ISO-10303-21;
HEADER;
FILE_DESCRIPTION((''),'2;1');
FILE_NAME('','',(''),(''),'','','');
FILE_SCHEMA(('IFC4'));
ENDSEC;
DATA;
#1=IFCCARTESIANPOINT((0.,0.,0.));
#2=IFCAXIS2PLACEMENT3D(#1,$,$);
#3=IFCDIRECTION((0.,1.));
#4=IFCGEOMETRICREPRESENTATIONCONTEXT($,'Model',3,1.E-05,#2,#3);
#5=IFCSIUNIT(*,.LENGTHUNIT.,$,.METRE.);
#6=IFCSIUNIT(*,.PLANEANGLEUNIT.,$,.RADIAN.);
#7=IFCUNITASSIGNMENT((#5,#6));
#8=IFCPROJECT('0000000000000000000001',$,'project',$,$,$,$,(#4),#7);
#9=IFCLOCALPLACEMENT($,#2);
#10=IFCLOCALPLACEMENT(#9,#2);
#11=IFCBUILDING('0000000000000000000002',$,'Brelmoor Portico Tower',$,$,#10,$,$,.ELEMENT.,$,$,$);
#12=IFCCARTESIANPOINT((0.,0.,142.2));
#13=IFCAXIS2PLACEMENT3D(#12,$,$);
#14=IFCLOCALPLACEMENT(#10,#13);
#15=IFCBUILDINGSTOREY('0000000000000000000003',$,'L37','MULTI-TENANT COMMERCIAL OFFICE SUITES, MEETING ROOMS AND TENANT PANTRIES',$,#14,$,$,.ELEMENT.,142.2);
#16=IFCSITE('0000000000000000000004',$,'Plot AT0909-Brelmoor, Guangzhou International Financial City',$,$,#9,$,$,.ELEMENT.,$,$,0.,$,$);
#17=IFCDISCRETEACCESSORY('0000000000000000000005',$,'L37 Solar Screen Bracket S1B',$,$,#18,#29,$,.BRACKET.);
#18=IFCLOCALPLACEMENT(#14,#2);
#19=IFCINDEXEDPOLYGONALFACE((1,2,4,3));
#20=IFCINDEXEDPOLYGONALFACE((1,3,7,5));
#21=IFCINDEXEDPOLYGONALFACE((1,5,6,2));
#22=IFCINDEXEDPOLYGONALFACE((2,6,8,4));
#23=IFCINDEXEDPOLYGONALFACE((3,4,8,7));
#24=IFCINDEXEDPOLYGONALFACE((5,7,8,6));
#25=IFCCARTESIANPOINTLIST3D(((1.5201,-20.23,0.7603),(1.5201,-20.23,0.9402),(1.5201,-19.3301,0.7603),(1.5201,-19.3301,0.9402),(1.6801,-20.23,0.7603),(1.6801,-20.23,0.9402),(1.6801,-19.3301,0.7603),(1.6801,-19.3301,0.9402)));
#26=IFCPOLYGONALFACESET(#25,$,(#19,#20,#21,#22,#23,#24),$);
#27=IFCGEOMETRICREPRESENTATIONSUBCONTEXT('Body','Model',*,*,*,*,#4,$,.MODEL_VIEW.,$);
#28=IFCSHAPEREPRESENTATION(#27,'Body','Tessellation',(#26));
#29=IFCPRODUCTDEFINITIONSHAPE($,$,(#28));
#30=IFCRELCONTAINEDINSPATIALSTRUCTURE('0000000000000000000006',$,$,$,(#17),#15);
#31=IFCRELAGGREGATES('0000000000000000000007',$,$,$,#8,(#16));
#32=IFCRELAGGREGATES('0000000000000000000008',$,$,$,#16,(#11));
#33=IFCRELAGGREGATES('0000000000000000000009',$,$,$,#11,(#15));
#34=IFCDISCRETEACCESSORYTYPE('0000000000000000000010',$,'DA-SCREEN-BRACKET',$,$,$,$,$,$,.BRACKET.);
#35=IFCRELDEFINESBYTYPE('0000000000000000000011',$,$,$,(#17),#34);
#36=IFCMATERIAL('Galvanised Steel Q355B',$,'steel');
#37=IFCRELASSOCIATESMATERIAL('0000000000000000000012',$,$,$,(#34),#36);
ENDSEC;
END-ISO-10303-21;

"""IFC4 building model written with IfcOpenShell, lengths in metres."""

from ifc_helpers import new_model, si_unit, direction, frame, origin, origin_2d, place, context, subcontext, project, spatial, rectangle, extrude, material, type_object, element, save


model = new_model("IFC4")

# Units and contexts
model_context = context("Model", 3, precision=1e-05, world=origin(), true_north=direction((0.0, 1.0)))
body_context = subcontext(model_context, "Body", "Model", "MODEL_VIEW")
ifc_project = project(units=[si_unit("LENGTHUNIT", "METRE"), si_unit("PLANEANGLEUNIT", "RADIAN")], contexts=[model_context])

# Site, building, storey
site_placement = place(None, origin())
site = spatial("IfcSite", under=ifc_project, at=site_placement, Name="Plot AT0909-Brelmoor, Guangzhou International Financial City", CompositionType="ELEMENT", RefElevation=0.0)
building_placement = place(site_placement, origin())
building = spatial("IfcBuilding", under=site, at=building_placement, Name="Brelmoor Portico Tower", CompositionType="ELEMENT")
storey_placement = place(building_placement, frame((0.0, 0.0, 142.2)))
storey = spatial("IfcBuildingStorey", under=building, at=storey_placement, Name="L37", Description="MULTI-TENANT COMMERCIAL OFFICE SUITES, MEETING ROOMS AND TENANT PANTRIES", CompositionType="ELEMENT", Elevation=142.2)

# Discrete accessory
ifc_material_1 = material(Name="Galvanised Steel Q355B", Category="steel")
discrete_accessory_type = type_object("IfcDiscreteAccessoryType", Name="DA-SCREEN-BRACKET", PredefinedType="BRACKET", material=ifc_material_1)
discrete_accessory_placement = place(storey_placement, frame((1.6001, -19.78, 0.7603), z_axis=(0.0, 0.0, 1.0), x_axis=(1.0, 0.0, 0.0)))
element("IfcDiscreteAccessory", 1, at=discrete_accessory_placement, inside=storey, type_object=discrete_accessory_type, Name="L37 Solar Screen Bracket S1B", PredefinedType="BRACKET", context=body_context, shape_type="SweptSolid", body=[
    extrude(rectangle(XDim=0.1599, YDim=0.8999, at=origin_2d()), origin(), (0.0, 0.0, 1.0), 0.1799),
])

save(model, "model.ifc")
